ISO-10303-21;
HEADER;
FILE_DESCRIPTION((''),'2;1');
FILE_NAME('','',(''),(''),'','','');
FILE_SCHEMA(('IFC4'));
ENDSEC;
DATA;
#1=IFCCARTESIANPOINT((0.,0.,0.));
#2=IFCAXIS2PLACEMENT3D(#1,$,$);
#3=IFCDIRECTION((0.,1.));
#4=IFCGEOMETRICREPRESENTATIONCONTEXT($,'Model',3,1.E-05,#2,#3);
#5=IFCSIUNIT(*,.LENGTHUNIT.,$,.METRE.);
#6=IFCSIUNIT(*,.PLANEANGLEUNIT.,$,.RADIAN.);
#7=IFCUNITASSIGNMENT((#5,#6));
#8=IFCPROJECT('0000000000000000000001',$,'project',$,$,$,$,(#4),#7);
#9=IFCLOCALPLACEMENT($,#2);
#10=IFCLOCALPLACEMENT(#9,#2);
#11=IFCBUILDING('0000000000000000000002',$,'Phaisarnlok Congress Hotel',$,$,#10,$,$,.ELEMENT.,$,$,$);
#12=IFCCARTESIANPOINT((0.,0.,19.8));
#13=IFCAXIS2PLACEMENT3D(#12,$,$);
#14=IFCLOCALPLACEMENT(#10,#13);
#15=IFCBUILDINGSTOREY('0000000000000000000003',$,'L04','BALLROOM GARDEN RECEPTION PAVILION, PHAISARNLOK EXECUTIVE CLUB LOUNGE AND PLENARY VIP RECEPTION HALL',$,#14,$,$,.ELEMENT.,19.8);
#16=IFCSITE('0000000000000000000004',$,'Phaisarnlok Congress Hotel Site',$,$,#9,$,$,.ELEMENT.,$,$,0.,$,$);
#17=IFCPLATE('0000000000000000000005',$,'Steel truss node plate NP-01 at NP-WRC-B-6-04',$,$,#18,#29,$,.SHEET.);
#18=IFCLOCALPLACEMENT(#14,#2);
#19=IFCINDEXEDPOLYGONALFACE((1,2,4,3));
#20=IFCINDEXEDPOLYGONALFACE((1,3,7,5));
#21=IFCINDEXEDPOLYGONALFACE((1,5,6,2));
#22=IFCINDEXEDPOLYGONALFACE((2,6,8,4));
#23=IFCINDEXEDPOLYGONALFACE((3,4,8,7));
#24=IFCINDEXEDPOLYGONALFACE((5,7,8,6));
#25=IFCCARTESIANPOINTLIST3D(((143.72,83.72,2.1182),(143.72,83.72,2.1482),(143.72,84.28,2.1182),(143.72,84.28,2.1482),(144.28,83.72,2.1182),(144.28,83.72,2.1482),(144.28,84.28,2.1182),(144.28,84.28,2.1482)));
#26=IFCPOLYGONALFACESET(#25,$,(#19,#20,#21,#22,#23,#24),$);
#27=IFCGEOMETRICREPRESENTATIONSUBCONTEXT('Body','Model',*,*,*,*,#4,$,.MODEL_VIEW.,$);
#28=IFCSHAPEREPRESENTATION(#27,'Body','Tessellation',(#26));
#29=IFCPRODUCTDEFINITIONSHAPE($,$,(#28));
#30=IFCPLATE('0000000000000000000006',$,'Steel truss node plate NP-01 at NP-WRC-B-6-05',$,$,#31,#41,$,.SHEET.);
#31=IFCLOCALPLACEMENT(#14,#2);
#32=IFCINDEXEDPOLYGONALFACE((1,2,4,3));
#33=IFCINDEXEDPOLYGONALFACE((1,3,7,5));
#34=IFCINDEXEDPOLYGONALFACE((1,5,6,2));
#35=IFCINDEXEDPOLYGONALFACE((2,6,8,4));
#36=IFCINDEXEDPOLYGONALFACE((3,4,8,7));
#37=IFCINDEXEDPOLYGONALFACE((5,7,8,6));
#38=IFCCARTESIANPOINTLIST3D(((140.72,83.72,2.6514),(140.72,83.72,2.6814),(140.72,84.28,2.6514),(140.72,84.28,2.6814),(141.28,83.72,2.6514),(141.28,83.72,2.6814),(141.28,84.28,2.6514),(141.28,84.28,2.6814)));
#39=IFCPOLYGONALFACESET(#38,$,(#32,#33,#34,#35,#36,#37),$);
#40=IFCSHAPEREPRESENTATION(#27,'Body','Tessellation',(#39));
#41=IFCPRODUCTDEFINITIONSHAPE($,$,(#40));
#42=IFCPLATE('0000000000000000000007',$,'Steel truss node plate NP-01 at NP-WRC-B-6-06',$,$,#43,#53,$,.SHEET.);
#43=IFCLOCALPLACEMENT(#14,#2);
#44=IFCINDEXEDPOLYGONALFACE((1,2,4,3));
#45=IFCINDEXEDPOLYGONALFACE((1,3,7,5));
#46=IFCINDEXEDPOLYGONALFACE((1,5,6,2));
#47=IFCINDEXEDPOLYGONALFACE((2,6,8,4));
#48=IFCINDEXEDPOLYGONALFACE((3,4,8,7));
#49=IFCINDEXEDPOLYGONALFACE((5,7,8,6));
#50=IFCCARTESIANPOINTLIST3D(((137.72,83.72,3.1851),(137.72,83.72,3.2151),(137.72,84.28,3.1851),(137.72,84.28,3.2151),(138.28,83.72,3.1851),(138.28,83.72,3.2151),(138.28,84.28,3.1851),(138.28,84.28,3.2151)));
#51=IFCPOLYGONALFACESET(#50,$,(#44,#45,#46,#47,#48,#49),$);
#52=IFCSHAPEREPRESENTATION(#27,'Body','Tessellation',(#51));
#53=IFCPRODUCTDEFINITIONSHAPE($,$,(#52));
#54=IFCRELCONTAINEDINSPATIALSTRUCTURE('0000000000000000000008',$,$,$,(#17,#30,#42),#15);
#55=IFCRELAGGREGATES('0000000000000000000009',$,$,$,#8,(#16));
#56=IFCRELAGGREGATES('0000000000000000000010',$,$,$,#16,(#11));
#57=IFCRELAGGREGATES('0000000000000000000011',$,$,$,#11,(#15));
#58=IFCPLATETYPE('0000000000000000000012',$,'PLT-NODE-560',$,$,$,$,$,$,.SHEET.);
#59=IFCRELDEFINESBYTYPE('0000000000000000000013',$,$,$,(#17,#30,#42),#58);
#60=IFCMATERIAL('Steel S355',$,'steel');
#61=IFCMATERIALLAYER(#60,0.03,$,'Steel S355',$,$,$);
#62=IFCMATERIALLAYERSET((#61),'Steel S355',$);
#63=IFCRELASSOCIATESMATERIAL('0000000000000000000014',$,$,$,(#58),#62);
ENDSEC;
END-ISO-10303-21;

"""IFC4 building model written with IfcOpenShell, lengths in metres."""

from ifc_helpers import new_model, si_unit, direction, frame, origin, origin_2d, place, context, subcontext, project, spatial, rectangle, extrude, material, layer, layer_set, type_object, element, save


model = new_model("IFC4")

# Units and contexts
model_context = context("Model", 3, precision=1e-05, world=origin(), true_north=direction((0.0, 1.0)))
body_context = subcontext(model_context, "Body", "Model", "MODEL_VIEW")
ifc_project = project(units=[si_unit("LENGTHUNIT", "METRE"), si_unit("PLANEANGLEUNIT", "RADIAN")], contexts=[model_context])

# Site, building, storey
site_placement = place(None, origin())
site = spatial("IfcSite", under=ifc_project, at=site_placement, Name="Phaisarnlok Congress Hotel Site", CompositionType="ELEMENT", RefElevation=0.0)
building_placement = place(site_placement, origin())
building = spatial("IfcBuilding", under=site, at=building_placement, Name="Phaisarnlok Congress Hotel", CompositionType="ELEMENT")
storey_placement = place(building_placement, frame((0.0, 0.0, 19.8)))
storey = spatial("IfcBuildingStorey", under=building, at=storey_placement, Name="L04", Description="BALLROOM GARDEN RECEPTION PAVILION, PHAISARNLOK EXECUTIVE CLUB LOUNGE AND PLENARY VIP RECEPTION HALL", CompositionType="ELEMENT", Elevation=19.8)

# Shared definitions
ifc_material_1 = material(Name="Steel S355", Category="steel")

# Plates
ifc_layer_1 = layer(ifc_material_1, 0.03, Name="Steel S355")
ifc_layer_set_1 = layer_set([ifc_layer_1], Name="Steel S355")
plate_type_1 = type_object("IfcPlateType", Name="PLT-NODE-560", PredefinedType="SHEET", material=ifc_layer_set_1)
for number, where, z_axis, x_axis, name in (
    (1, (144.0, 84.0, 2.1182), (0.0, 0.0, 1.0), (1.0, 0.0, 0.0), "Steel truss node plate NP-01 at NP-WRC-B-6-04"),
    (2, (141.0, 84.0, 2.6514), (0.0, 0.0, 1.0), (1.0, 0.0, 0.0), "Steel truss node plate NP-01 at NP-WRC-B-6-05"),
    (3, (138.0, 84.0, 3.1851), (0.0, 0.0, 1.0), (1.0, 0.0, 0.0), "Steel truss node plate NP-01 at NP-WRC-B-6-06"),
):
    element("IfcPlate", number, at=place(storey_placement, frame(where, z_axis=z_axis, x_axis=x_axis)), inside=storey, type_object=plate_type_1, Name=name, PredefinedType="SHEET", context=body_context, shape_type="SweptSolid", body=[
        extrude(rectangle(XDim=0.5601, YDim=0.5601, at=origin_2d()), origin(), (0.0, 0.0, 1.0), 0.03),
    ])

save(model, "model.ifc")
